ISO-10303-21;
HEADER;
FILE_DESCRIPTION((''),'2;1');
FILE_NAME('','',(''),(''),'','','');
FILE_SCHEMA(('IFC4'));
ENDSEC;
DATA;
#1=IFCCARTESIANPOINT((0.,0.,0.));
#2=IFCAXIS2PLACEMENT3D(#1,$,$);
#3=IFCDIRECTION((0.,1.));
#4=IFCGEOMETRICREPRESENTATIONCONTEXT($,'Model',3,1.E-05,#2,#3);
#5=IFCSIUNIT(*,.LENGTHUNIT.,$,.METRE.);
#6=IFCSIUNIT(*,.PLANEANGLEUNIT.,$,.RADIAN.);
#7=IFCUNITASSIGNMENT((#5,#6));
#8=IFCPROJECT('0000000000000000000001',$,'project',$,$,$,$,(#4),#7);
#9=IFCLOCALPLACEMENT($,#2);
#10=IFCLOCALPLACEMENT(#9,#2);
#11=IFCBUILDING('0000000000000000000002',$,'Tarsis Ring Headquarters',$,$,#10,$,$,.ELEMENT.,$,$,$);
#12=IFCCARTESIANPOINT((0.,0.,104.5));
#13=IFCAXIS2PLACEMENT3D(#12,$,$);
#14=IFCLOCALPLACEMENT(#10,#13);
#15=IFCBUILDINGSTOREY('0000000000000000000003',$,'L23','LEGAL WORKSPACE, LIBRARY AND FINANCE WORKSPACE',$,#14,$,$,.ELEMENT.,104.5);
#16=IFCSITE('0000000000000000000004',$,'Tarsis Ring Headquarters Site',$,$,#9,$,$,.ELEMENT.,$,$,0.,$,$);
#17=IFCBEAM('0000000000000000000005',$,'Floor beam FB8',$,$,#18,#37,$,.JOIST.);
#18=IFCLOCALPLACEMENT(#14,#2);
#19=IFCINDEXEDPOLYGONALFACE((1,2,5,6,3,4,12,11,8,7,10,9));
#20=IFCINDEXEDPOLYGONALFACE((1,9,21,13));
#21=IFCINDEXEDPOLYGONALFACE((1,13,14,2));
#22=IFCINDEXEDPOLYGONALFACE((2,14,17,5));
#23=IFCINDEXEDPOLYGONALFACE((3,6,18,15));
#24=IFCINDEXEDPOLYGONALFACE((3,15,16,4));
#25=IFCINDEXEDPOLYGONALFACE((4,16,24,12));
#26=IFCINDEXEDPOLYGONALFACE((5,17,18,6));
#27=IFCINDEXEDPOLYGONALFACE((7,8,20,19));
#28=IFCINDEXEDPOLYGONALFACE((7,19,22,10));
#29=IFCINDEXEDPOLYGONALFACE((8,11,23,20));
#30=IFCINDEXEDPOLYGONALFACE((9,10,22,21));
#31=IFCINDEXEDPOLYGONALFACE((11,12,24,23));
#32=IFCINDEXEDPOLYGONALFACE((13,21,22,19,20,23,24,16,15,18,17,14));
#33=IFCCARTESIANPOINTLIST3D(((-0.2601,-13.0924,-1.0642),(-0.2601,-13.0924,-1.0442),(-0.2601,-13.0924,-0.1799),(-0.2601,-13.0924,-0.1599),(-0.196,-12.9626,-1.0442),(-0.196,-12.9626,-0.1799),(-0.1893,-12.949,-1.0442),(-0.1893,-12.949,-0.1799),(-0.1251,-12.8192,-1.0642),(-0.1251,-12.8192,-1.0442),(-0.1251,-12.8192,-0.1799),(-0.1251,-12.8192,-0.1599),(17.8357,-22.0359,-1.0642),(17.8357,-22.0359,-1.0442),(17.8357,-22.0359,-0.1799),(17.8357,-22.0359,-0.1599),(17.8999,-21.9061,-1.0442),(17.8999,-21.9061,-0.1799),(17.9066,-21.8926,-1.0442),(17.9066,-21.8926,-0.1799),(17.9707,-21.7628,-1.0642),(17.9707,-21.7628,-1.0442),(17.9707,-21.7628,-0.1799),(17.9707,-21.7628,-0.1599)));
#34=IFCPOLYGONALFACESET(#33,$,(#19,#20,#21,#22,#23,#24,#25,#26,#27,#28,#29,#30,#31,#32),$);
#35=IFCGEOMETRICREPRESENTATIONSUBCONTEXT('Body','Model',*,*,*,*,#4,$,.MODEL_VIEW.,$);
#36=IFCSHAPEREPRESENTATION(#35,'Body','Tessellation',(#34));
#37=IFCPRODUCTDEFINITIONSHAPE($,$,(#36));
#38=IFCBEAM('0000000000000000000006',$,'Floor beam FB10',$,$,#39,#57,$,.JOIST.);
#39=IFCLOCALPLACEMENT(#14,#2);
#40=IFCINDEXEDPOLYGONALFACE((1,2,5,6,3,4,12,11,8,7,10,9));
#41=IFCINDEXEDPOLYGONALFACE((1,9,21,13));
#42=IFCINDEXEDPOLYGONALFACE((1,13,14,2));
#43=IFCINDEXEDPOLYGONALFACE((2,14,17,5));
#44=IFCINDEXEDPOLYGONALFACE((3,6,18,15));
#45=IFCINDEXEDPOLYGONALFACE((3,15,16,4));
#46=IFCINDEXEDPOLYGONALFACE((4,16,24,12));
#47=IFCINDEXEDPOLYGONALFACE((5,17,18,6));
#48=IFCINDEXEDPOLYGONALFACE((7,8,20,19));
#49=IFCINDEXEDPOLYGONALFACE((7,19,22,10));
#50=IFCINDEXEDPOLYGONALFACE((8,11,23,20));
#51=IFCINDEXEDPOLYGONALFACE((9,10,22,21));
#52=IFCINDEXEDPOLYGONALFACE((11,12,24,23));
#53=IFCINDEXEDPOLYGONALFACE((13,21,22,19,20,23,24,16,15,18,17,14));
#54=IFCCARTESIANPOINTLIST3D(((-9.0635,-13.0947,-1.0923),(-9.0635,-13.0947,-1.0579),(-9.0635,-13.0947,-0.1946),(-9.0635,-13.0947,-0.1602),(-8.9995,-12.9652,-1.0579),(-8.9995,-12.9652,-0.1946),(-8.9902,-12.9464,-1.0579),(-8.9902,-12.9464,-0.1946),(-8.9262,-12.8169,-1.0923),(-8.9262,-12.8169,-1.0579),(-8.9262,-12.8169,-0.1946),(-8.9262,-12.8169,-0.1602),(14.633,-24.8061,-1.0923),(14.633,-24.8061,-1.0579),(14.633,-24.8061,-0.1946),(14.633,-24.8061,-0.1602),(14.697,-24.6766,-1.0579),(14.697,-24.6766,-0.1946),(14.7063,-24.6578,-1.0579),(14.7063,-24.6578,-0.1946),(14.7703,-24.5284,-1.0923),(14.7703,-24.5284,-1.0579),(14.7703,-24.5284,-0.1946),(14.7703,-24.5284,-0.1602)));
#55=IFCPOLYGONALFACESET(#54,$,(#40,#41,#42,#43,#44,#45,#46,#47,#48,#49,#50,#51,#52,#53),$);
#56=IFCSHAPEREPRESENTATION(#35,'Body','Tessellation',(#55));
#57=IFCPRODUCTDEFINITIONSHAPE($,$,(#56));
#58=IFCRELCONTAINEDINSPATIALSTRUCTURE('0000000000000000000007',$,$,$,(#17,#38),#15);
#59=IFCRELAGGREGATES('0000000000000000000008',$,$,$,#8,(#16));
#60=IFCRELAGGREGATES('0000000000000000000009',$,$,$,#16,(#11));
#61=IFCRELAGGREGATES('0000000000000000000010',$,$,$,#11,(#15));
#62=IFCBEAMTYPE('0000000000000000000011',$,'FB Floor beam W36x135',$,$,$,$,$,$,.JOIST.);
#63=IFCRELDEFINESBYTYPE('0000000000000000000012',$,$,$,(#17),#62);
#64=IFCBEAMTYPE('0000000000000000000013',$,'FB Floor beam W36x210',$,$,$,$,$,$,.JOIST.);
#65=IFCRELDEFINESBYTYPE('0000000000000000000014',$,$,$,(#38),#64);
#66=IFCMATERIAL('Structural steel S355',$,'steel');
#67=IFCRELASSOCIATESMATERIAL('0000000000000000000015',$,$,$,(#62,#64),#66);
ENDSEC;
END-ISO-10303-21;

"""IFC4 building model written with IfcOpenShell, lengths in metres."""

from ifc_helpers import new_model, si_unit, direction, frame, origin, origin_2d, place, context, subcontext, project, spatial, i_section, extrude, material, material_profile, profile_set, type_object, element, save


model = new_model("IFC4")

# Units and contexts
model_context = context("Model", 3, precision=1e-05, world=origin(), true_north=direction((0.0, 1.0)))
body_context = subcontext(model_context, "Body", "Model", "MODEL_VIEW")
ifc_project = project(units=[si_unit("LENGTHUNIT", "METRE"), si_unit("PLANEANGLEUNIT", "RADIAN")], contexts=[model_context])

# Site, building, storey
site_placement = place(None, origin())
site = spatial("IfcSite", under=ifc_project, at=site_placement, Name="Tarsis Ring Headquarters Site", CompositionType="ELEMENT", RefElevation=0.0)
building_placement = place(site_placement, origin())
building = spatial("IfcBuilding", under=site, at=building_placement, Name="Tarsis Ring Headquarters", CompositionType="ELEMENT")
storey_placement = place(building_placement, frame((0.0, 0.0, 104.5)))
storey = spatial("IfcBuildingStorey", under=building, at=storey_placement, Name="L23", Description="LEGAL WORKSPACE, LIBRARY AND FINANCE WORKSPACE", CompositionType="ELEMENT", Elevation=104.5)

# Beams
ifc_material_1 = material(Name="Structural steel S355", Category="steel")
ifc_material_profile_1 = material_profile(ifc_material_1, i_section(OverallWidth=0.3047, OverallDepth=0.9043, WebThickness=0.0151, FlangeThickness=0.02, at=origin_2d()), Name="W36x135")
ifc_profile_set_1 = profile_set([ifc_material_profile_1], Name="Structural steel S355")
beam_type_1 = type_object("IfcBeamType", Name="FB Floor beam W36x135", PredefinedType="JOIST", material=ifc_profile_set_1)
beam_1_placement = place(storey_placement, frame((-0.1926, -12.9558, -0.6121), z_axis=(0.896486, -0.443072, 0.0), x_axis=(0.443072, 0.896486, 0.0)))
element("IfcBeam", 1, at=beam_1_placement, inside=storey, type_object=beam_type_1, Name="Floor beam FB8", PredefinedType="JOIST", context=body_context, shape_type="SweptSolid", body=[
    extrude(i_section(OverallWidth=0.3047, OverallDepth=0.9043, WebThickness=0.0151, FlangeThickness=0.02, at=origin_2d()), origin(), (0.0, 0.0, 1.0), 20.1853),
])
ifc_material_profile_2 = material_profile(ifc_material_1, i_section(OverallWidth=0.3098, OverallDepth=0.9321, WebThickness=0.021, FlangeThickness=0.0344, at=origin_2d()), Name="W36x210")
ifc_profile_set_2 = profile_set([ifc_material_profile_2], Name="Structural steel S355")
beam_type_2 = type_object("IfcBeamType", Name="FB Floor beam W36x210", PredefinedType="JOIST", material=ifc_profile_set_2)
beam_2_placement = place(storey_placement, frame((-8.9949, -12.9558, -0.6262), z_axis=(0.896488, -0.443067, 0.0), x_axis=(0.443067, 0.896488, 0.0)))
element("IfcBeam", 2, at=beam_2_placement, inside=storey, type_object=beam_type_2, Name="Floor beam FB10", PredefinedType="JOIST", context=body_context, shape_type="SweptSolid", body=[
    extrude(i_section(OverallWidth=0.3098, OverallDepth=0.9321, WebThickness=0.021, FlangeThickness=0.0344, at=origin_2d()), origin(), (0.0, 0.0, 1.0), 26.4326),
])

save(model, "model.ifc")
